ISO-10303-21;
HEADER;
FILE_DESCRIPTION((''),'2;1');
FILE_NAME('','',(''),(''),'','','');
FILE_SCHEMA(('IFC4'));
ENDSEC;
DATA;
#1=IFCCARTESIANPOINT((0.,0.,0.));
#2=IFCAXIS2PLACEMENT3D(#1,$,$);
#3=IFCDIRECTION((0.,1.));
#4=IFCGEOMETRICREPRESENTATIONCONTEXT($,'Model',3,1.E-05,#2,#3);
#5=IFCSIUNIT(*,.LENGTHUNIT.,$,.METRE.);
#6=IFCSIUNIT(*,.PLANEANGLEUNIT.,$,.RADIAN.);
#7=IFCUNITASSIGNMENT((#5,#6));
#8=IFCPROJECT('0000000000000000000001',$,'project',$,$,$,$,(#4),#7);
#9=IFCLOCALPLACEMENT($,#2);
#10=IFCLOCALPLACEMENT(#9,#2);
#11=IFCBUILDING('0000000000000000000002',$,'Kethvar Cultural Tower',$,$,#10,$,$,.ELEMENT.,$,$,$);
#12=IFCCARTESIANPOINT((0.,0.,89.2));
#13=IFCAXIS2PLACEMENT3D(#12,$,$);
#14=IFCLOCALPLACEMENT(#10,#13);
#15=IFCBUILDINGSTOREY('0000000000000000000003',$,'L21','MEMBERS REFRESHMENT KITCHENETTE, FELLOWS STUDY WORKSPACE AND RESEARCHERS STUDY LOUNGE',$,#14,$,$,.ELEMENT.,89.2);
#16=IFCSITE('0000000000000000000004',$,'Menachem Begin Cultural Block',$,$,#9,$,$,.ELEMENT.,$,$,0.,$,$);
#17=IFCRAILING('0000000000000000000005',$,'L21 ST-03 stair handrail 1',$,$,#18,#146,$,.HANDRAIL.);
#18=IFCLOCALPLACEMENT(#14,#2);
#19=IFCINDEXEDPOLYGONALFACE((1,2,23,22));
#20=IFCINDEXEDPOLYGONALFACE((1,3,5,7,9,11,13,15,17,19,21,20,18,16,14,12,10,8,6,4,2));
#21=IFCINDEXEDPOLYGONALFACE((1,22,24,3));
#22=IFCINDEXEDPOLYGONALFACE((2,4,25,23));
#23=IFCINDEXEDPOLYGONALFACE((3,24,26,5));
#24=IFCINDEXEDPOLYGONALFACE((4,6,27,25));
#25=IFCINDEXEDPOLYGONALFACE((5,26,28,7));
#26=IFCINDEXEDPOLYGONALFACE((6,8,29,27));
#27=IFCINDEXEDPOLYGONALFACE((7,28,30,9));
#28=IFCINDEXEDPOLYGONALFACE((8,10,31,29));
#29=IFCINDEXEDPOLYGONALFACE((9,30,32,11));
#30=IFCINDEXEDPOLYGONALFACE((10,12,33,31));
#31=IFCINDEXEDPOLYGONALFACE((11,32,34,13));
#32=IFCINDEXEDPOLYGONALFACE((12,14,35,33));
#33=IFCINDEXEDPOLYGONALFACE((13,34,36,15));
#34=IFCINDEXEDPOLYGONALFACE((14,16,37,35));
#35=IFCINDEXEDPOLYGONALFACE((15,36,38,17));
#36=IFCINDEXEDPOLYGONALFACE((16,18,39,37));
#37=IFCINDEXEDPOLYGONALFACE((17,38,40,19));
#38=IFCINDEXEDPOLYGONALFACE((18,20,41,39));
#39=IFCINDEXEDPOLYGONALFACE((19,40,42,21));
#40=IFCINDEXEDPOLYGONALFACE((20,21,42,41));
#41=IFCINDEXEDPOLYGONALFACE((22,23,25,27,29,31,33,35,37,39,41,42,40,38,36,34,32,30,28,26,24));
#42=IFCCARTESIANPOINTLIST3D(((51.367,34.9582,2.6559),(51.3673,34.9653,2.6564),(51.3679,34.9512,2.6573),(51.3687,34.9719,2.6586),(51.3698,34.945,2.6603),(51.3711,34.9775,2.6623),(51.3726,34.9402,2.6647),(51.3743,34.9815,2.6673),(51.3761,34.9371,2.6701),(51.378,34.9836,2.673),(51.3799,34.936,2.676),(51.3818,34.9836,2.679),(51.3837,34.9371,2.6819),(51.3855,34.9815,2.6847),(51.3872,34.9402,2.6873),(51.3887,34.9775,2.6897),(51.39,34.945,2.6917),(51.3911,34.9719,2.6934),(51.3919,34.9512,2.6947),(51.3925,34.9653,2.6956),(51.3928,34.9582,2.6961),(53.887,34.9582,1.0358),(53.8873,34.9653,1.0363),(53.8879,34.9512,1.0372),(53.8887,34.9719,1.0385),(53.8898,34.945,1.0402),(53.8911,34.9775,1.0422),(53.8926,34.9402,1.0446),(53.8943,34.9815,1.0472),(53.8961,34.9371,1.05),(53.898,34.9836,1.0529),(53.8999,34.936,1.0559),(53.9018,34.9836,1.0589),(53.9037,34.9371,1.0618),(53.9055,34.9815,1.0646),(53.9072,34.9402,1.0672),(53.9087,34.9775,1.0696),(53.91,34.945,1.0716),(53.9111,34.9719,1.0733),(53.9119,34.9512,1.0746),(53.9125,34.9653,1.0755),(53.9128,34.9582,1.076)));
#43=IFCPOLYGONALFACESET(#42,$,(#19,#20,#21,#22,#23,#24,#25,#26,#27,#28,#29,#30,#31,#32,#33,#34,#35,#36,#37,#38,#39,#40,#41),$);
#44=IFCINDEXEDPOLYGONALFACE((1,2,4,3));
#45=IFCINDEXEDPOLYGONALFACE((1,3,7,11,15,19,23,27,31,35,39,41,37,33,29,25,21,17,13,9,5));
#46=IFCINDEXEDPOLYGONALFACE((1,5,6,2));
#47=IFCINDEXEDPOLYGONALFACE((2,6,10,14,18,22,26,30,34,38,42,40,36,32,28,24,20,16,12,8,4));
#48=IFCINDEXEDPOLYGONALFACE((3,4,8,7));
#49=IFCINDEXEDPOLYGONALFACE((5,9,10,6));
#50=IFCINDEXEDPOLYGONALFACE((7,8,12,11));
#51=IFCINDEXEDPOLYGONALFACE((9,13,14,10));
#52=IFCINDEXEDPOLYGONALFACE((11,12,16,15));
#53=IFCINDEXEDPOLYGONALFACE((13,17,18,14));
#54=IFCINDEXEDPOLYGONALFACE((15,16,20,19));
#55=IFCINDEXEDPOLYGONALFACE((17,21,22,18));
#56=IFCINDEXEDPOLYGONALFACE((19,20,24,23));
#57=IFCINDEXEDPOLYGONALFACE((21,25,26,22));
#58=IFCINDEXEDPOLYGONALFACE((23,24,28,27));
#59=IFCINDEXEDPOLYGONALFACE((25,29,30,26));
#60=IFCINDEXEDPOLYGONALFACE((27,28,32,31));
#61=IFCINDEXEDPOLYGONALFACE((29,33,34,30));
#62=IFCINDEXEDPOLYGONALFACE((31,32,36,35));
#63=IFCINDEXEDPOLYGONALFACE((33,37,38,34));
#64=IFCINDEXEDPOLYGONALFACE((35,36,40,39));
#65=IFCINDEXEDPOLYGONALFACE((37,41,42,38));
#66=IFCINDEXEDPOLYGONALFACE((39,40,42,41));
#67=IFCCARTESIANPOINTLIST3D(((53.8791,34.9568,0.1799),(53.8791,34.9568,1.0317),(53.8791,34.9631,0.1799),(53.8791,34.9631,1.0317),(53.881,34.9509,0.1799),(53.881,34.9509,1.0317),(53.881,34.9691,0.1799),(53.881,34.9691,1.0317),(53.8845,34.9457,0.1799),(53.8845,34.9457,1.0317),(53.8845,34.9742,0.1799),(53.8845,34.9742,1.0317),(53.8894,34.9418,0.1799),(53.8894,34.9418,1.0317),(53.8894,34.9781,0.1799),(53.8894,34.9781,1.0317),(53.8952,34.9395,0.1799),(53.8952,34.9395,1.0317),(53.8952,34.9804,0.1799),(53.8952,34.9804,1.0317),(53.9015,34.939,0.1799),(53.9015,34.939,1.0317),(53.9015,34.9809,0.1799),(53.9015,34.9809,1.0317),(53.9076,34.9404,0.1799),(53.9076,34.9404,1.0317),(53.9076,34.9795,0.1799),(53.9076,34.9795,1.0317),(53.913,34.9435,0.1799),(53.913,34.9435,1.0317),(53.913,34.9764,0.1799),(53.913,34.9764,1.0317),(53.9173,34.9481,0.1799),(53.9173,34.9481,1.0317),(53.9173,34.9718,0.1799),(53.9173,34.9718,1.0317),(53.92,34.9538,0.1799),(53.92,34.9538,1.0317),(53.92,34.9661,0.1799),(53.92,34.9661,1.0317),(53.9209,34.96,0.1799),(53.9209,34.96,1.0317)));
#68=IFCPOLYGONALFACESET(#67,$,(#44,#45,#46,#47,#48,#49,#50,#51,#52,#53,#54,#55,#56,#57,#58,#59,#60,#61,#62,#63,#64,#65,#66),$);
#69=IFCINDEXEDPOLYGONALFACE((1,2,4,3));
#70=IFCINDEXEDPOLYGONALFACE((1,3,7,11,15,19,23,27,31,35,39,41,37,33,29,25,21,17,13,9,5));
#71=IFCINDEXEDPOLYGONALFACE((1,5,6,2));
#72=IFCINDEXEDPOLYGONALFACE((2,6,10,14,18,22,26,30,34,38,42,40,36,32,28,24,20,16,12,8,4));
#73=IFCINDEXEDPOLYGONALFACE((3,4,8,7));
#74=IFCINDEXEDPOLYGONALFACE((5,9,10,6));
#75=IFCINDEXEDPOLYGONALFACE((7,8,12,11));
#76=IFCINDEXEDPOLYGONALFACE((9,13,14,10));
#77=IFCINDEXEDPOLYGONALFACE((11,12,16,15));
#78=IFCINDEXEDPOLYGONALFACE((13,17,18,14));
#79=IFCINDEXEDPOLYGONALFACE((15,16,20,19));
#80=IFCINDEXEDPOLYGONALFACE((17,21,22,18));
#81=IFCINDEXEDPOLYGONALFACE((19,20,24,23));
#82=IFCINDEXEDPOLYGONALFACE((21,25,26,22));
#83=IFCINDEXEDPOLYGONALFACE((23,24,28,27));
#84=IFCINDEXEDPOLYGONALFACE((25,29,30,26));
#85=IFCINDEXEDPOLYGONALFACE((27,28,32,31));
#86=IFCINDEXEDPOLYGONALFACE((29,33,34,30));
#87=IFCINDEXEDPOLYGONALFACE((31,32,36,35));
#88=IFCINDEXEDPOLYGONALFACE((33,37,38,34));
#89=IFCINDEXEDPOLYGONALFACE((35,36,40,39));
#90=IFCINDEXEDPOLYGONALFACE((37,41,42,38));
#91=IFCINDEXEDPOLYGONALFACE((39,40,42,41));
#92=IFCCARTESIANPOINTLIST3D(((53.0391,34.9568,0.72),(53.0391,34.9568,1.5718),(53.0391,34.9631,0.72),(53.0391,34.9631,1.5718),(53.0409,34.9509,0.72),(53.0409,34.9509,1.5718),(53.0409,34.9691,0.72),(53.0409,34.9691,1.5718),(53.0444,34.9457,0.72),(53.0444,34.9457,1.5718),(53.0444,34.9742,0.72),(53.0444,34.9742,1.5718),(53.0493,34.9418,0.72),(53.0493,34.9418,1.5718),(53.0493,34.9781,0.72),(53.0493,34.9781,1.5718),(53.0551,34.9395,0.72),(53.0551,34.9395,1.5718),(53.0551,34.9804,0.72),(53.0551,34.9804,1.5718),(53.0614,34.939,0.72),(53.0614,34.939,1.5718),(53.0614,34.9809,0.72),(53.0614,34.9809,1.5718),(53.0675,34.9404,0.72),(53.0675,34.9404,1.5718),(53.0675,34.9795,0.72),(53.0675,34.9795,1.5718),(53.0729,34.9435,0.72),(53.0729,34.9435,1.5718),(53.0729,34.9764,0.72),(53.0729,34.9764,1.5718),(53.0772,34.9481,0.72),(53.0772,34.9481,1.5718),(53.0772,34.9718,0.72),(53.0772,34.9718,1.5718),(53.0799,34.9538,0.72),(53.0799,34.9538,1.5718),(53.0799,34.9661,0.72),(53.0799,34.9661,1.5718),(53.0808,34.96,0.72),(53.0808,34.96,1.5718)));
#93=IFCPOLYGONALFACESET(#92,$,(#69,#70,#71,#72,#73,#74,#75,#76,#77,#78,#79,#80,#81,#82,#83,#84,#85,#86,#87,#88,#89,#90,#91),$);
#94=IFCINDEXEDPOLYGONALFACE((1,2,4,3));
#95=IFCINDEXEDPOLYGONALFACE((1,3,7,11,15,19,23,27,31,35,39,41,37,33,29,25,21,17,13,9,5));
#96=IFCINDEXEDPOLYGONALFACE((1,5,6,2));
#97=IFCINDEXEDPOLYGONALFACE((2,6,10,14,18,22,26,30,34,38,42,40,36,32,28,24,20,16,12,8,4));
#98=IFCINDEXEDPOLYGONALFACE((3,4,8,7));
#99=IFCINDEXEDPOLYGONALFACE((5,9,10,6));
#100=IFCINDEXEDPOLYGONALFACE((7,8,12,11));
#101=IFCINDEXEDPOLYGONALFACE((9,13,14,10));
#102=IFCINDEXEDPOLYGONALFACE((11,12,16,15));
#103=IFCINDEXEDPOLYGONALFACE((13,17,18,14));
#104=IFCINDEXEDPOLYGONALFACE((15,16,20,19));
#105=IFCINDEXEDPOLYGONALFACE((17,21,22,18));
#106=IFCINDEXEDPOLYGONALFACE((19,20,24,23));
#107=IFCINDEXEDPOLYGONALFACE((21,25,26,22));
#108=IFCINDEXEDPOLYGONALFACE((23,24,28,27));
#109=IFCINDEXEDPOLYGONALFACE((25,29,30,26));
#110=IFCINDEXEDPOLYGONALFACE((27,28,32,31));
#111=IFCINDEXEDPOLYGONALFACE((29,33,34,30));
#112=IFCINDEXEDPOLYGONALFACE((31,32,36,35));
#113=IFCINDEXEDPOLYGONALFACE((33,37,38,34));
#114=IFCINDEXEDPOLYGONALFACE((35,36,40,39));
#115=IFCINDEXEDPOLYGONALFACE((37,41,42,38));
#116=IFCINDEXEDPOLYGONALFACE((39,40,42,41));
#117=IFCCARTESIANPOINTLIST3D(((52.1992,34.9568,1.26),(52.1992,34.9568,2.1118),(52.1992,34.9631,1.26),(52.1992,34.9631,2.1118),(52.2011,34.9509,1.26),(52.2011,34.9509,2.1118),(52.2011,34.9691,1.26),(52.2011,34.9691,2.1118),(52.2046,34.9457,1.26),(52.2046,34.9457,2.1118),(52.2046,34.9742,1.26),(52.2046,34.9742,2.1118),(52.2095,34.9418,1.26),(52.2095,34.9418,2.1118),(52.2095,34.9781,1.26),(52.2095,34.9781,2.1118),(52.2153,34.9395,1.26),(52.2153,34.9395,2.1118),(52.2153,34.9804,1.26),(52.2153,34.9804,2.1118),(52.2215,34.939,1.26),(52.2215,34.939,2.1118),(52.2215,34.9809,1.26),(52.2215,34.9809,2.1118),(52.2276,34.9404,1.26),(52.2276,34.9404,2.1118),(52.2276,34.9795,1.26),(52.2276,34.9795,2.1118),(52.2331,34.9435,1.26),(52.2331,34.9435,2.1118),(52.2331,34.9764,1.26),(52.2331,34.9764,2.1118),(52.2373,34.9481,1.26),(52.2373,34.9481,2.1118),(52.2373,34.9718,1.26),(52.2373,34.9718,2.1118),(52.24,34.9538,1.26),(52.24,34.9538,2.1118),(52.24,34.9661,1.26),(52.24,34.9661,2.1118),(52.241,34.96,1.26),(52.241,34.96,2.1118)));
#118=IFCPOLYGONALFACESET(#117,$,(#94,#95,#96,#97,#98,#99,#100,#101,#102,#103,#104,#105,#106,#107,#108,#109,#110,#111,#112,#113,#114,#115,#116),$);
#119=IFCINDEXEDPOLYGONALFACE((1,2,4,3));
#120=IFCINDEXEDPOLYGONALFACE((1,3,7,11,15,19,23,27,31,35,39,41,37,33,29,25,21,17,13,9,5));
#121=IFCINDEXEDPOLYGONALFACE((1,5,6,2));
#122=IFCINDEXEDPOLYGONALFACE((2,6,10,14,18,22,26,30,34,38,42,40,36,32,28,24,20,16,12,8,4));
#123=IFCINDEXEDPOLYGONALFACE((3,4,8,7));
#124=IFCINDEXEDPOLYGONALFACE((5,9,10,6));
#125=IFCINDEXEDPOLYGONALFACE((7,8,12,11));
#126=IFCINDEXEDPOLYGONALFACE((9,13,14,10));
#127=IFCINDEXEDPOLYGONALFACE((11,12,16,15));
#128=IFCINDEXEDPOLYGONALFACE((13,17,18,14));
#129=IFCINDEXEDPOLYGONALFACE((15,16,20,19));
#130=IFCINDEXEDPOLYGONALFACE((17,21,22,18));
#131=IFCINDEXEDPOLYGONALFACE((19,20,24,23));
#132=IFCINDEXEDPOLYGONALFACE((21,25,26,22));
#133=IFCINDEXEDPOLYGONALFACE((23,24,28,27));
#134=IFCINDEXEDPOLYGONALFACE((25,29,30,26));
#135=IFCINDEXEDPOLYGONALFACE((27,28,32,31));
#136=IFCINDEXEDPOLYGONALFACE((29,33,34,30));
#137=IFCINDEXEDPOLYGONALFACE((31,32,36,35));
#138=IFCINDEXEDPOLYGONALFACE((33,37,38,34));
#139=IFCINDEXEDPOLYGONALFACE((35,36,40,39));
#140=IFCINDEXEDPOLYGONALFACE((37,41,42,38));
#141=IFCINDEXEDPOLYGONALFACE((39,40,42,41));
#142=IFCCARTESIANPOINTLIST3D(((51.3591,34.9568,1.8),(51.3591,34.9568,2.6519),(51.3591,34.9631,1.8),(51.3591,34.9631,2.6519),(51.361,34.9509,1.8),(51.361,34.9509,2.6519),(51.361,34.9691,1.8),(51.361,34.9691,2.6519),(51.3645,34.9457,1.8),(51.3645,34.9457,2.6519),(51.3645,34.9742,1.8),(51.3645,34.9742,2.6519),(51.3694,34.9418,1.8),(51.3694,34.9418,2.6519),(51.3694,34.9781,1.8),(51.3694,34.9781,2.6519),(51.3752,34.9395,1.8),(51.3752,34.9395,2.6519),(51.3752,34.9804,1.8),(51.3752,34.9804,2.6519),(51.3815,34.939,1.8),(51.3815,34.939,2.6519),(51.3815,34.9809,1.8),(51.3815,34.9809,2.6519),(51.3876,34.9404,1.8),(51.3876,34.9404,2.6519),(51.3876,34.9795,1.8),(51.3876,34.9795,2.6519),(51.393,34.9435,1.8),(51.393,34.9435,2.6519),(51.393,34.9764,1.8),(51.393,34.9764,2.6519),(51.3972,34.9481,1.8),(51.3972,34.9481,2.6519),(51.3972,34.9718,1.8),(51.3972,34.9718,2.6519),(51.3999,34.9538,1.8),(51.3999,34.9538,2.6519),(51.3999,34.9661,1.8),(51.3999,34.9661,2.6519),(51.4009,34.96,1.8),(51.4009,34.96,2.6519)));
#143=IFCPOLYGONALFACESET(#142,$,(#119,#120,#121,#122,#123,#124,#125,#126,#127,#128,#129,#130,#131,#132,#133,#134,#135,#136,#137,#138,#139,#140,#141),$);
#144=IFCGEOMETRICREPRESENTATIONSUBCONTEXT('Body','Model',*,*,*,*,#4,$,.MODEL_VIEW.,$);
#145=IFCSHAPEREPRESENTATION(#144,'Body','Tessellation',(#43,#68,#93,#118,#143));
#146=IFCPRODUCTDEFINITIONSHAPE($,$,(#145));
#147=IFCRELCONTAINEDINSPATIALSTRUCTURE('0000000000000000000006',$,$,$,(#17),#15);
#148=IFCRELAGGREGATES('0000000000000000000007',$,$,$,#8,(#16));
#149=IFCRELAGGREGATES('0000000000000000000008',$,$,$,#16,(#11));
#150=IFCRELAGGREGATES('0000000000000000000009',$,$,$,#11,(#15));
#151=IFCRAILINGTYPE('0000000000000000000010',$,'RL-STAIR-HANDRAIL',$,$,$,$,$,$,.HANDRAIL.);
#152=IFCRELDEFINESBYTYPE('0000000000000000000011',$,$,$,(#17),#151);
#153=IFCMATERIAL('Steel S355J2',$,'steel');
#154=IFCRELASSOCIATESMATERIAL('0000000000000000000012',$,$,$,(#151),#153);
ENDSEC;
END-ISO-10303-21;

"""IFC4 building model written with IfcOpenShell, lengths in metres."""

from ifc_helpers import new_model, si_unit, direction, frame, origin, origin_2d, place, context, subcontext, project, spatial, circle, extrude, material, type_object, element, save


model = new_model("IFC4")

# Units and contexts
model_context = context("Model", 3, precision=1e-05, world=origin(), true_north=direction((0.0, 1.0)))
body_context = subcontext(model_context, "Body", "Model", "MODEL_VIEW")
ifc_project = project(units=[si_unit("LENGTHUNIT", "METRE"), si_unit("PLANEANGLEUNIT", "RADIAN")], contexts=[model_context])

# Site, building, storey
site_placement = place(None, origin())
site = spatial("IfcSite", under=ifc_project, at=site_placement, Name="Menachem Begin Cultural Block", CompositionType="ELEMENT", RefElevation=0.0)
building_placement = place(site_placement, origin())
building = spatial("IfcBuilding", under=site, at=building_placement, Name="Kethvar Cultural Tower", CompositionType="ELEMENT")
storey_placement = place(building_placement, frame((0.0, 0.0, 89.2)))
storey = spatial("IfcBuildingStorey", under=building, at=storey_placement, Name="L21", Description="MEMBERS REFRESHMENT KITCHENETTE, FELLOWS STUDY WORKSPACE AND RESEARCHERS STUDY LOUNGE", CompositionType="ELEMENT", Elevation=89.2)

# Shared definitions
ifc_material_1 = material(Name="Steel S355J2", Category="steel")

# Railing
railing_type_1 = type_object("IfcRailingType", Name="RL-STAIR-HANDRAIL", PredefinedType="HANDRAIL", material=ifc_material_1)
railing_1_placement = place(storey_placement, frame((53.8999, 34.96, 0.1799)))
element("IfcRailing", 1, at=railing_1_placement, inside=storey, type_object=railing_type_1, Name="L21 ST-03 stair handrail 1", PredefinedType="HANDRAIL", context=body_context, shape_type="SweptSolid", body=[
    extrude(circle(Radius=0.0239, at=origin_2d()), frame((0.0, 0.0, 0.876), z_axis=(-0.841163, 0.0, 0.540782), x_axis=(0.0, -1.0, 0.0)), (0.0, 0.0, 1.0), 2.9958),
    extrude(circle(Radius=0.021, at=origin_2d()), origin(), (0.0, 0.0, 1.0), 0.8518),
    extrude(circle(Radius=0.021, at=origin_2d()), frame((-0.8401, 0.0, 0.54)), (0.0, 0.0, 1.0), 0.8518),
    extrude(circle(Radius=0.021, at=origin_2d()), frame((-1.6799, 0.0, 1.0801)), (0.0, 0.0, 1.0), 0.8518),
    extrude(circle(Radius=0.021, at=origin_2d()), frame((-2.52, 0.0, 1.6201)), (0.0, 0.0, 1.0), 0.8518),
])

save(model, "model.ifc")
